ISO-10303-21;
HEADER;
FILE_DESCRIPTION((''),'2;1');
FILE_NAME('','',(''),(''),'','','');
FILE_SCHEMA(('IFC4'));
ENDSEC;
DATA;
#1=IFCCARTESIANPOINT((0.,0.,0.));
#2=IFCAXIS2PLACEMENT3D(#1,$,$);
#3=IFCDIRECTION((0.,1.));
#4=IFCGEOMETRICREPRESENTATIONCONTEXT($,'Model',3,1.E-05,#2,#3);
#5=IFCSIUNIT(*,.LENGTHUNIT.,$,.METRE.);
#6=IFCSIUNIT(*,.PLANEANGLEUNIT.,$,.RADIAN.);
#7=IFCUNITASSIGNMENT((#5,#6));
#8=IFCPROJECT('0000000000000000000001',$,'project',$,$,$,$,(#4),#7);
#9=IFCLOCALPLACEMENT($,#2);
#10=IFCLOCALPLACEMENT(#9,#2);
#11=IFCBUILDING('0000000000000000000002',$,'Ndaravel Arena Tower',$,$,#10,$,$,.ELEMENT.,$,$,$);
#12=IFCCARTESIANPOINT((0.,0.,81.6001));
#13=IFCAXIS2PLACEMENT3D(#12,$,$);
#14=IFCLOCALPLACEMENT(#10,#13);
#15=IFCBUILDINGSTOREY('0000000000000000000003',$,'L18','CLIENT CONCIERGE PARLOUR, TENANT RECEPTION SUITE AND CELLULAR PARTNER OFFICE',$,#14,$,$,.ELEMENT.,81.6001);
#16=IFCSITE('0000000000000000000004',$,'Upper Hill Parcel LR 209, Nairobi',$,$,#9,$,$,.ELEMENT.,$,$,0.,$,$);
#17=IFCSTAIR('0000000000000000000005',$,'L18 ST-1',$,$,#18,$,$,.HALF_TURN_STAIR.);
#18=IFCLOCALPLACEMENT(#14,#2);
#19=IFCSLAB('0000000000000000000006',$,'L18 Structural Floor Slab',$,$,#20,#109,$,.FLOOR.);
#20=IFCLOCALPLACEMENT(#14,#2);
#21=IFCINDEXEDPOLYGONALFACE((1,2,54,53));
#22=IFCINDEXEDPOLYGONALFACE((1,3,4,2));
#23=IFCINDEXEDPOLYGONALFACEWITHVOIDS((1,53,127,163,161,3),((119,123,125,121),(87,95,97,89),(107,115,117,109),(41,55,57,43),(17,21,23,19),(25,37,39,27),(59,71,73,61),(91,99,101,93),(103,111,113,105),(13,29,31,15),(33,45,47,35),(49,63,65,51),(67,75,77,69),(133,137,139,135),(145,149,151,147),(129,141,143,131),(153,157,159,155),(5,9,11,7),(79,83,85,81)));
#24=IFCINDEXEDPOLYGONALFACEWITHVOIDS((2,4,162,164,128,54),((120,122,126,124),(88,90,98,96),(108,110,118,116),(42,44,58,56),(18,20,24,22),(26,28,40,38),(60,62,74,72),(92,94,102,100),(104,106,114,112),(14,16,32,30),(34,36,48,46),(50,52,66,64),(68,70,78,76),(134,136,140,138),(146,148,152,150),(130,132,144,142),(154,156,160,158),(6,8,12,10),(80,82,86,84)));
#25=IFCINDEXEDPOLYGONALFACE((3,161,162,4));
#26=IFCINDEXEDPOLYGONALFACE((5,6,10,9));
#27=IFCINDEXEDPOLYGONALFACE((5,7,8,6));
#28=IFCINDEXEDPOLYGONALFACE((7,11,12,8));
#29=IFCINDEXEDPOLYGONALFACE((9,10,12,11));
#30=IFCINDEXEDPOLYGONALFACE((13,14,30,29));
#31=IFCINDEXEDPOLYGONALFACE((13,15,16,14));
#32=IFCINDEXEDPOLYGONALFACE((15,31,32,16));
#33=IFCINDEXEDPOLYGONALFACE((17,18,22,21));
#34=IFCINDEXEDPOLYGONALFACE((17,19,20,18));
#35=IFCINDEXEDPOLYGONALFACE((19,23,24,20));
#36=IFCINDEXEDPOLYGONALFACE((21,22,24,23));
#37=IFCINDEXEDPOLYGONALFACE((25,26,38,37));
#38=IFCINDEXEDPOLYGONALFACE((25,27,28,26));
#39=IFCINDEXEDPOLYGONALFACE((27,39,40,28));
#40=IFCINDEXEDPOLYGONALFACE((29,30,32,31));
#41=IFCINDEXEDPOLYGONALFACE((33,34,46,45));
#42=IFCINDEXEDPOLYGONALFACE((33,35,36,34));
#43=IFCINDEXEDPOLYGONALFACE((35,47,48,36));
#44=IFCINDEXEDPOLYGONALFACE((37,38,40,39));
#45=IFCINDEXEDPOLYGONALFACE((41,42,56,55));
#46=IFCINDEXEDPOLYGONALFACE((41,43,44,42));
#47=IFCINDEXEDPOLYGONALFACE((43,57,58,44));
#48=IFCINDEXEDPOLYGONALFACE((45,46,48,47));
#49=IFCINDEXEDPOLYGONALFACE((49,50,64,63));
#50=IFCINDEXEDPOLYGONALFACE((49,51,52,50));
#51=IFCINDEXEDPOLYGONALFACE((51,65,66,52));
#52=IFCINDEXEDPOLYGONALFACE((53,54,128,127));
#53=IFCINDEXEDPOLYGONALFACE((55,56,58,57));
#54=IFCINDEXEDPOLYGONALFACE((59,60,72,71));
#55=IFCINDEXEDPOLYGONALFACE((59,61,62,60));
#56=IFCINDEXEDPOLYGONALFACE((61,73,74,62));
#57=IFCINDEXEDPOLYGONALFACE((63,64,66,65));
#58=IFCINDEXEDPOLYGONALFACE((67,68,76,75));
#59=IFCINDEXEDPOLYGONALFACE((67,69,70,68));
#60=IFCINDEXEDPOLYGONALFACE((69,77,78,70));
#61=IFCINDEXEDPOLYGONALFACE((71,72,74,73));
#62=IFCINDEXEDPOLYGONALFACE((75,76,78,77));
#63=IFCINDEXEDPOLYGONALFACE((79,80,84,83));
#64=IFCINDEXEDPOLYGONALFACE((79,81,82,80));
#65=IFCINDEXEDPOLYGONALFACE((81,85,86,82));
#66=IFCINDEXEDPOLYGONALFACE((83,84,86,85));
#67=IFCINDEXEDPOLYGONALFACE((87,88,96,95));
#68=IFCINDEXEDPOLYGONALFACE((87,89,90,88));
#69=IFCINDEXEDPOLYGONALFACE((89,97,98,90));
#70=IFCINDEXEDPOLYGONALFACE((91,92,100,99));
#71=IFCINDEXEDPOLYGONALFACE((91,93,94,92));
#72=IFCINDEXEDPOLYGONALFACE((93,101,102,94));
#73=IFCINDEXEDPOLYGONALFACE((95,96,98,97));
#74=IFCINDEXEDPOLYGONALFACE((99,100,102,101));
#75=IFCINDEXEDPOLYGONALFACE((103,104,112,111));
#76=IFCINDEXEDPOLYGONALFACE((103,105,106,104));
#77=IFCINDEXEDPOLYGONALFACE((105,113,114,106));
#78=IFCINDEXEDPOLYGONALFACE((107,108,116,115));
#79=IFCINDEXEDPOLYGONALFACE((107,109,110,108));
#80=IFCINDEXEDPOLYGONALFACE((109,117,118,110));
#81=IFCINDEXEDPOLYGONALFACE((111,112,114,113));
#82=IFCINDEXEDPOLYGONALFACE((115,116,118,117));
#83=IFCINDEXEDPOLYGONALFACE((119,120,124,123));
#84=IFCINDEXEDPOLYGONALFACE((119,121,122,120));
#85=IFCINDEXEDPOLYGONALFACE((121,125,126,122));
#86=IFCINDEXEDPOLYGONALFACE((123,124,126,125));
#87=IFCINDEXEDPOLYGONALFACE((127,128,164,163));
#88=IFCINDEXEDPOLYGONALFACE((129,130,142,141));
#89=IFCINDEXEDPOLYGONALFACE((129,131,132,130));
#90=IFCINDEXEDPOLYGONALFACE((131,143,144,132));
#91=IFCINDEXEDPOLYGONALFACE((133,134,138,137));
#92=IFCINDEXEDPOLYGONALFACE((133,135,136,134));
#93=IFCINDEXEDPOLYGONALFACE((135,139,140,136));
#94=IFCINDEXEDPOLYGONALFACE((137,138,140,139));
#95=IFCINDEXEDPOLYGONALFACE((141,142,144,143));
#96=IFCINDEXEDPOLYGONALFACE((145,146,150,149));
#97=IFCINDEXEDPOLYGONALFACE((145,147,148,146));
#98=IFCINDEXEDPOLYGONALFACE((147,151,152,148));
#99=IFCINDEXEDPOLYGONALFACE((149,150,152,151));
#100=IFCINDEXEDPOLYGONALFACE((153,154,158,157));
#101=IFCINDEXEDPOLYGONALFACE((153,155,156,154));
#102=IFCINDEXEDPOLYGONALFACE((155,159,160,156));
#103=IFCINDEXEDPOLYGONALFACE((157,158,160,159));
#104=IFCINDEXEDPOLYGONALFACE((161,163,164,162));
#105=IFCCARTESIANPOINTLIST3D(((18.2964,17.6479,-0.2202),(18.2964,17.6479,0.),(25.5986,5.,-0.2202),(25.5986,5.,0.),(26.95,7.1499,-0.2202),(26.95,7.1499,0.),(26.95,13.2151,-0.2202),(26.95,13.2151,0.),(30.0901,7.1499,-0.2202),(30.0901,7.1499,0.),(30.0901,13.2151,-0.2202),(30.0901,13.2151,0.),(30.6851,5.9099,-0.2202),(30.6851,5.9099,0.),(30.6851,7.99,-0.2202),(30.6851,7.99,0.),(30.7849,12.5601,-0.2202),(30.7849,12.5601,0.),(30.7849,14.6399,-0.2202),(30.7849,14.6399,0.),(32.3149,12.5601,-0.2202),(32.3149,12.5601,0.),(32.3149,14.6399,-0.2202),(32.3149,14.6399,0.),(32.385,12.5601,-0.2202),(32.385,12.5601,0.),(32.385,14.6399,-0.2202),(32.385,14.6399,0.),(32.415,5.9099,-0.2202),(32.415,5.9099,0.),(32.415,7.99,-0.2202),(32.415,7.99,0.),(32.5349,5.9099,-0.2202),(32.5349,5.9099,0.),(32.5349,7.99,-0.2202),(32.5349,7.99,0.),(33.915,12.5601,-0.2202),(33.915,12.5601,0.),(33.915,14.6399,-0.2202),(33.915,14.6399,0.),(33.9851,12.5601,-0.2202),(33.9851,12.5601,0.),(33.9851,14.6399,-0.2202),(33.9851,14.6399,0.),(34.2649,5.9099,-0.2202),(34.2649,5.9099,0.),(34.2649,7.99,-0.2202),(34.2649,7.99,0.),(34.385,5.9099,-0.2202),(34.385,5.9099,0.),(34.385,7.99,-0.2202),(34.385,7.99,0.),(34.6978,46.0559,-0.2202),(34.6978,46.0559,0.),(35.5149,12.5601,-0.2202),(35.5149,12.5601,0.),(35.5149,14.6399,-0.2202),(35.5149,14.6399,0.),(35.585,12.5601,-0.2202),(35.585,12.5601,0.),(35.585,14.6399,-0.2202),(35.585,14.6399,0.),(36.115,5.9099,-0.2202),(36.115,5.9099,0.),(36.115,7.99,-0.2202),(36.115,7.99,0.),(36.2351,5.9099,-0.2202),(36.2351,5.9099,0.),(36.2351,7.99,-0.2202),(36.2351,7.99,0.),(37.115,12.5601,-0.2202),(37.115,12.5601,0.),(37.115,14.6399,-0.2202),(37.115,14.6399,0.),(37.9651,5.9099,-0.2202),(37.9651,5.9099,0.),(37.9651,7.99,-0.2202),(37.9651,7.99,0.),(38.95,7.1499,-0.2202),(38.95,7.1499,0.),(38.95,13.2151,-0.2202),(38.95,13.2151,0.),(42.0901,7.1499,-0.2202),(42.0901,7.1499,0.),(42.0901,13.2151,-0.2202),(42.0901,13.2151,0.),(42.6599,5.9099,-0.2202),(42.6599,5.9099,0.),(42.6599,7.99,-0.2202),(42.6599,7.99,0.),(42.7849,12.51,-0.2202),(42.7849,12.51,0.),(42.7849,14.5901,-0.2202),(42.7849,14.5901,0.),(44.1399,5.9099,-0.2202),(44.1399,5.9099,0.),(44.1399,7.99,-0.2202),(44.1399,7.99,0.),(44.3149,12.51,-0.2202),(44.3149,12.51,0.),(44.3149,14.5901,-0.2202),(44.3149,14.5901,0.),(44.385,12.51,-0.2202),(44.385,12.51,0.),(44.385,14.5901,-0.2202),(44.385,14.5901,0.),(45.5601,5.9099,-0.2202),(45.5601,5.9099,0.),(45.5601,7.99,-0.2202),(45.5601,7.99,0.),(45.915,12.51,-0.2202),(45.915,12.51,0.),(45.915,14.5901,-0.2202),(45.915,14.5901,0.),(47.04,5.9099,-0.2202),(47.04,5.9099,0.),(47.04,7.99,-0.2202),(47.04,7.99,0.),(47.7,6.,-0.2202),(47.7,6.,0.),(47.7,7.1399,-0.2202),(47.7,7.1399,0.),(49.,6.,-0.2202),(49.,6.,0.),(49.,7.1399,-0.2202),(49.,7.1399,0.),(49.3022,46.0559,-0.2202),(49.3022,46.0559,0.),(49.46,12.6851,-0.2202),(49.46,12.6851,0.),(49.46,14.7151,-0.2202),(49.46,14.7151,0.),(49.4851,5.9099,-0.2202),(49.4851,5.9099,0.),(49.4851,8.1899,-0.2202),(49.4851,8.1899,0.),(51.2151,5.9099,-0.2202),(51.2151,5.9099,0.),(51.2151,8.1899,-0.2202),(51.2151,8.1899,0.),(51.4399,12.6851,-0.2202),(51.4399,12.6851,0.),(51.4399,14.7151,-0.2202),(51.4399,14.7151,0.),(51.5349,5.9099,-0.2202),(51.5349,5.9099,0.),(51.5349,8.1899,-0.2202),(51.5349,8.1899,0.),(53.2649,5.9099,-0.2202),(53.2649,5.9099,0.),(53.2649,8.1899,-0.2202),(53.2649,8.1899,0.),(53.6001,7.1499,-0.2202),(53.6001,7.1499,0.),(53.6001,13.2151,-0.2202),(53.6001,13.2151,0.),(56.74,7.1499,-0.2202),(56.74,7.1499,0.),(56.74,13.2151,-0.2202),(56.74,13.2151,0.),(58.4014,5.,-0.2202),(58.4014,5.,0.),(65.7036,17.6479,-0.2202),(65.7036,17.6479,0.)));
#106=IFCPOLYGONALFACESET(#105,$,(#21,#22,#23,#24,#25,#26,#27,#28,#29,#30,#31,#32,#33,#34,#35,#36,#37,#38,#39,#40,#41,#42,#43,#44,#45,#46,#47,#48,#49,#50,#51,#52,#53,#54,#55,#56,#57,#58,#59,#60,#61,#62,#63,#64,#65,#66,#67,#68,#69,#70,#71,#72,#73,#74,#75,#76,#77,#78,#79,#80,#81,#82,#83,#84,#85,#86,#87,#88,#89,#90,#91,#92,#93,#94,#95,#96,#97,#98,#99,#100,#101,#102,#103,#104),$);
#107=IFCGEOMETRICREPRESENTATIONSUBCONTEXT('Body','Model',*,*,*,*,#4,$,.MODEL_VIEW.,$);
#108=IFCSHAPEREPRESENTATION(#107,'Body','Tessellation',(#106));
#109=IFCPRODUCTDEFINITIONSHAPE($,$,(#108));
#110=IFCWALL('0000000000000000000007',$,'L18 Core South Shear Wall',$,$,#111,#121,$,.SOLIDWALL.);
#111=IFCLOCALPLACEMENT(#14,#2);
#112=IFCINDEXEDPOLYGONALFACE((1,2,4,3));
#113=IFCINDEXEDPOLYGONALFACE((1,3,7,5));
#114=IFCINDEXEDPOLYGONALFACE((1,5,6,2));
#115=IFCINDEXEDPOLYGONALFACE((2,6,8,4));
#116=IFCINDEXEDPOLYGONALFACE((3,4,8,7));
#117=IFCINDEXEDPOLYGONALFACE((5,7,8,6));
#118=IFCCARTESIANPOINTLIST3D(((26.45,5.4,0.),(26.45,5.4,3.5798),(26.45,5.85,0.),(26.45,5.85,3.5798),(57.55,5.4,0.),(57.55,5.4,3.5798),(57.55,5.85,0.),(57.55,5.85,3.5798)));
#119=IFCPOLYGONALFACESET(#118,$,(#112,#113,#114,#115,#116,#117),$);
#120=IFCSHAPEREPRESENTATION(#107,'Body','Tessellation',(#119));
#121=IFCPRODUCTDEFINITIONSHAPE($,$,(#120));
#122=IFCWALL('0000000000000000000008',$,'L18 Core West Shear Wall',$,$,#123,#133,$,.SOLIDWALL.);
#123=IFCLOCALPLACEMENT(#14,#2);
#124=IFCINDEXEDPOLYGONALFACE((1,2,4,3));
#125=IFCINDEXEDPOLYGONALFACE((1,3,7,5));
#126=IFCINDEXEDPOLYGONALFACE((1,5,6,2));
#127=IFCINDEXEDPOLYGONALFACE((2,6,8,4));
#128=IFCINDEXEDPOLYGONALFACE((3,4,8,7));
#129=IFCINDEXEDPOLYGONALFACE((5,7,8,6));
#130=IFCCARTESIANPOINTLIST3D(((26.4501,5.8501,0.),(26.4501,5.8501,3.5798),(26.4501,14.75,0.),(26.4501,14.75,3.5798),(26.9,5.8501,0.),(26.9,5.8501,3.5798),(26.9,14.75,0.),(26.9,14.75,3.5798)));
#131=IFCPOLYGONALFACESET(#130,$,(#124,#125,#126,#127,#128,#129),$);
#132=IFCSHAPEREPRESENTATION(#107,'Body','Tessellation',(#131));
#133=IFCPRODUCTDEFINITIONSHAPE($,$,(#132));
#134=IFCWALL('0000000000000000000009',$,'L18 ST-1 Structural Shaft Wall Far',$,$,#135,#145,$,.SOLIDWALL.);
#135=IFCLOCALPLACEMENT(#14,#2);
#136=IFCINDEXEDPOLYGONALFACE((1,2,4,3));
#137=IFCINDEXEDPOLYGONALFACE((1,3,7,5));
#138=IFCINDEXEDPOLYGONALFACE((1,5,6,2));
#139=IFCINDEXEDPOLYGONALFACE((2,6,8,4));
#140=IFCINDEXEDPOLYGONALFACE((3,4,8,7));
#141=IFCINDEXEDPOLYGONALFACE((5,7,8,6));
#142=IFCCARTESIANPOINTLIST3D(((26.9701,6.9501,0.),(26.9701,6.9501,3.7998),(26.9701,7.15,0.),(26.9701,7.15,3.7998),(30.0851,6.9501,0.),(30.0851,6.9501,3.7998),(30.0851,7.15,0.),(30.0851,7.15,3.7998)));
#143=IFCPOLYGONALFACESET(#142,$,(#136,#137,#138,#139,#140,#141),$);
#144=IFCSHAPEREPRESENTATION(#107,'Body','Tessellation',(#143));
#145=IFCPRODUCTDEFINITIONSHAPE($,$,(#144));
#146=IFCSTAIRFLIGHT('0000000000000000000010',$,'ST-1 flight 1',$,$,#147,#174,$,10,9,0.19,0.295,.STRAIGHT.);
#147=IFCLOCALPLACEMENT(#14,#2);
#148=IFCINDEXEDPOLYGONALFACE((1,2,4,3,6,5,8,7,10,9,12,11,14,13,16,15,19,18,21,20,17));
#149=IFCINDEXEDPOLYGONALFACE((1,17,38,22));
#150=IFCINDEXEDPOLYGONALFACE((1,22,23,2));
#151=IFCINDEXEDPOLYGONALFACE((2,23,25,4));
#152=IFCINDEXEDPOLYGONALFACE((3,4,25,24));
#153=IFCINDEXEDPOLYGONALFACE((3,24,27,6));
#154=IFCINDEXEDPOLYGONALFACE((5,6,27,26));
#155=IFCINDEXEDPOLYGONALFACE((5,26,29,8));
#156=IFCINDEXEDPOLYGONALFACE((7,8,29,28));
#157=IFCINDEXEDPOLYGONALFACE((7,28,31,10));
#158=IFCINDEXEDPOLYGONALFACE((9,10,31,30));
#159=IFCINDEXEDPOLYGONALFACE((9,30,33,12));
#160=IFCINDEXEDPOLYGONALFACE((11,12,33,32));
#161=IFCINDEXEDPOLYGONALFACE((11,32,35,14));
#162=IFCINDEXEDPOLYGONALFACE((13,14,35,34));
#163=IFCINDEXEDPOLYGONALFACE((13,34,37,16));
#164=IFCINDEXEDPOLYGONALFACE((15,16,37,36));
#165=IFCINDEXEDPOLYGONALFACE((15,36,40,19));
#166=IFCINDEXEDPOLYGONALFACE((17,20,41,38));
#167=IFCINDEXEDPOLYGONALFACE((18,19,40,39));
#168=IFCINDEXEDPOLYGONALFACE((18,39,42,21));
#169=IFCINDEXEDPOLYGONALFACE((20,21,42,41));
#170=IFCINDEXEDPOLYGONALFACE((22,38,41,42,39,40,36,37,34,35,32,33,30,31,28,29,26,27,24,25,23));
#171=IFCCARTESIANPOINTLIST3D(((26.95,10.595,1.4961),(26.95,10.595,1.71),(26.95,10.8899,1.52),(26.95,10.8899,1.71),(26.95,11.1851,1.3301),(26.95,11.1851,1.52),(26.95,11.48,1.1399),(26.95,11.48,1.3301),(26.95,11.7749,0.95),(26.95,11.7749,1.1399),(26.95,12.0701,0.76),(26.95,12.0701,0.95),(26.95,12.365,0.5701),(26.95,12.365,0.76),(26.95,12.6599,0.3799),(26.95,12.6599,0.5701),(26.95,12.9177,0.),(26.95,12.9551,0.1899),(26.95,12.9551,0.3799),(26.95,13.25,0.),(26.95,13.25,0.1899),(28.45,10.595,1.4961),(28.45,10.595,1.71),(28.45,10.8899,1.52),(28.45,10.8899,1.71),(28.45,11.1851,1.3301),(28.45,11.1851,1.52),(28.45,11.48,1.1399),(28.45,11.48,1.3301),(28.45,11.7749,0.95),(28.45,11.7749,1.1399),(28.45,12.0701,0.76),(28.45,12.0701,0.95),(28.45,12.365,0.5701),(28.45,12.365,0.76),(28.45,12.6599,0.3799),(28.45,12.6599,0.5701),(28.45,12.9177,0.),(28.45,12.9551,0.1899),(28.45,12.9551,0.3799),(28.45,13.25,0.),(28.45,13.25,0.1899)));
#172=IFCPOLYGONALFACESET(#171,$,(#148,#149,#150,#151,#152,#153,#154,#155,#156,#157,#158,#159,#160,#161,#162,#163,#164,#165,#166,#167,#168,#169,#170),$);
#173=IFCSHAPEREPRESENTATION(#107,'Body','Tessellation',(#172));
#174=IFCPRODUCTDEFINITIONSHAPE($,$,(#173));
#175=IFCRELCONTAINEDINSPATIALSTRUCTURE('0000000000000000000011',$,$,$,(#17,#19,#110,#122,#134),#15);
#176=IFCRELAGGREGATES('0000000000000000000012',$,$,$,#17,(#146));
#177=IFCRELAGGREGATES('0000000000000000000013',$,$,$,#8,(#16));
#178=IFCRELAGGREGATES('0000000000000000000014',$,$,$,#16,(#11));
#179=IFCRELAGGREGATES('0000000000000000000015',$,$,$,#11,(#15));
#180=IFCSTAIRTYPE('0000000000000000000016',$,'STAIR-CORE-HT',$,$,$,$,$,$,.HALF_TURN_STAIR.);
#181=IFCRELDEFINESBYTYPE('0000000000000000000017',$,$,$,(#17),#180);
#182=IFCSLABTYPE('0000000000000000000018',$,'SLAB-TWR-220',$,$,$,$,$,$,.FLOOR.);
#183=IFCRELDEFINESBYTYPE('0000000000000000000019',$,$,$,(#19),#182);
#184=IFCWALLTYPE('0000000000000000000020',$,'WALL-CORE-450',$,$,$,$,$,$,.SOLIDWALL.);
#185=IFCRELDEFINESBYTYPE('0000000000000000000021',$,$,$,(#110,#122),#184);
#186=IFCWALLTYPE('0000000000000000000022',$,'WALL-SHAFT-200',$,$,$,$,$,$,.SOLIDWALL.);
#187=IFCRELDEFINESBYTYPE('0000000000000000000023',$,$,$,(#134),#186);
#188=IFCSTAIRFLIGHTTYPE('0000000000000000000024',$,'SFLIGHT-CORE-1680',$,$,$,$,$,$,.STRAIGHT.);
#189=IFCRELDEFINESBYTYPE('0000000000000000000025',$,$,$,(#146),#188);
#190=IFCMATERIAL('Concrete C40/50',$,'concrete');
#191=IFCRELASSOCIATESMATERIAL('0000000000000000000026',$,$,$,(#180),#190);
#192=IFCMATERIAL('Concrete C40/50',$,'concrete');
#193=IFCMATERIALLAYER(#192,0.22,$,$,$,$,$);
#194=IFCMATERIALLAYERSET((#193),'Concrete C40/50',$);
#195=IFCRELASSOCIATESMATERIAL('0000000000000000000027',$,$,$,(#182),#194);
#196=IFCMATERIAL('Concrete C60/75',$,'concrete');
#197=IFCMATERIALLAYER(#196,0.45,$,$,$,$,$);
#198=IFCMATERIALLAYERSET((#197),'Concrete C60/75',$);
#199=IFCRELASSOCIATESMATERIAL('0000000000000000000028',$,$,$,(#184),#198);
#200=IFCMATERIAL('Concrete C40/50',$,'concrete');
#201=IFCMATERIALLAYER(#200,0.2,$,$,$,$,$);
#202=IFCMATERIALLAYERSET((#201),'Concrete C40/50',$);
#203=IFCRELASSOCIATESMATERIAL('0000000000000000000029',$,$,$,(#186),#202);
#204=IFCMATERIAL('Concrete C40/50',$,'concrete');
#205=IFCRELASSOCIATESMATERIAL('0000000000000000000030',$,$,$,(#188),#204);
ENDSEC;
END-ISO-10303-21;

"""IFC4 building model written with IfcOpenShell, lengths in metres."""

from ifc_helpers import new_model, si_unit, direction, frame, frame_2d, origin, place, context, subcontext, project, spatial, polyline, rectangle, outline, extrude, material, layer, layer_set, type_object, element, aggregate, save


model = new_model("IFC4")

# Units and contexts
model_context = context("Model", 3, precision=1e-05, world=origin(), true_north=direction((0.0, 1.0)))
body_context = subcontext(model_context, "Body", "Model", "MODEL_VIEW")
ifc_project = project(units=[si_unit("LENGTHUNIT", "METRE"), si_unit("PLANEANGLEUNIT", "RADIAN")], contexts=[model_context])

# Site, building, storey
site_placement = place(None, origin())
site = spatial("IfcSite", under=ifc_project, at=site_placement, Name="Upper Hill Parcel LR 209, Nairobi", CompositionType="ELEMENT", RefElevation=0.0)
building_placement = place(site_placement, origin())
building = spatial("IfcBuilding", under=site, at=building_placement, Name="Ndaravel Arena Tower", CompositionType="ELEMENT")
storey_placement = place(building_placement, frame((0.0, 0.0, 81.6001)))
storey = spatial("IfcBuildingStorey", under=building, at=storey_placement, Name="L18", Description="CLIENT CONCIERGE PARLOUR, TENANT RECEPTION SUITE AND CELLULAR PARTNER OFFICE", CompositionType="ELEMENT", Elevation=81.6001)

# Stair
ifc_material_1 = material(Name="Concrete C40/50", Category="concrete")
stair_type = type_object("IfcStairType", Name="STAIR-CORE-HT", PredefinedType="HALF_TURN_STAIR", material=ifc_material_1)
stair_1_placement = place(storey_placement, origin())
stair_1 = element("IfcStair", 1, at=stair_1_placement, inside=storey, type_object=stair_type, Name="L18 ST-1", PredefinedType="HALF_TURN_STAIR")

# Slab
ifc_material_2 = material(Name="Concrete C40/50", Category="concrete")
ifc_layer_1 = layer(ifc_material_2, 0.22)
ifc_layer_set_1 = layer_set([ifc_layer_1], Name="Concrete C40/50")
slab_type_1 = type_object("IfcSlabType", Name="SLAB-TWR-220", PredefinedType="FLOOR", material=ifc_layer_set_1)
slab_1_placement = place(storey_placement, frame((0.0, 0.0, -0.2202)))
element("IfcSlab", 2, at=slab_1_placement, inside=storey, type_object=slab_type_1, Name="L18 Structural Floor Slab", PredefinedType="FLOOR", context=body_context, shape_type="SweptSolid", body=[
    extrude(outline(polyline([(18.2964, 17.6479), (25.5986, 5.0), (58.4014, 5.0), (65.7036, 17.6479), (49.3022, 46.0559), (34.6978, 46.0559), (18.2964, 17.6479)]), holes=[polyline([(26.95, 13.2151), (26.95, 7.1499), (30.0901, 7.1499), (30.0901, 13.2151), (26.95, 13.2151)]), polyline([(38.95, 13.2151), (38.95, 7.1499), (42.0901, 7.1499), (42.0901, 13.2151), (38.95, 13.2151)]), polyline([(53.6001, 13.2151), (53.6001, 7.1499), (56.74, 7.1499), (56.74, 13.2151), (53.6001, 13.2151)]), polyline([(30.6851, 5.9099), (32.415, 5.9099), (32.415, 7.99), (30.6851, 7.99), (30.6851, 5.9099)]), polyline([(32.5349, 5.9099), (34.2649, 5.9099), (34.2649, 7.99), (32.5349, 7.99), (32.5349, 5.9099)]), polyline([(34.385, 5.9099), (36.115, 5.9099), (36.115, 7.99), (34.385, 7.99), (34.385, 5.9099)]), polyline([(36.2351, 5.9099), (37.9651, 5.9099), (37.9651, 7.99), (36.2351, 7.99), (36.2351, 5.9099)]), polyline([(30.7849, 12.5601), (32.3149, 12.5601), (32.3149, 14.6399), (30.7849, 14.6399), (30.7849, 12.5601)]), polyline([(32.385, 12.5601), (33.915, 12.5601), (33.915, 14.6399), (32.385, 14.6399), (32.385, 12.5601)]), polyline([(33.9851, 12.5601), (35.5149, 12.5601), (35.5149, 14.6399), (33.9851, 14.6399), (33.9851, 12.5601)]), polyline([(35.585, 12.5601), (37.115, 12.5601), (37.115, 14.6399), (35.585, 14.6399), (35.585, 12.5601)]), polyline([(42.6599, 5.9099), (44.1399, 5.9099), (44.1399, 7.99), (42.6599, 7.99), (42.6599, 5.9099)]), polyline([(45.5601, 5.9099), (47.04, 5.9099), (47.04, 7.99), (45.5601, 7.99), (45.5601, 5.9099)]), polyline([(42.7849, 12.51), (44.3149, 12.51), (44.3149, 14.5901), (42.7849, 14.5901), (42.7849, 12.51)]), polyline([(44.385, 12.51), (45.915, 12.51), (45.915, 14.5901), (44.385, 14.5901), (44.385, 12.51)]), polyline([(49.4851, 5.9099), (51.2151, 5.9099), (51.2151, 8.1899), (49.4851, 8.1899), (49.4851, 5.9099)]), polyline([(51.5349, 5.9099), (53.2649, 5.9099), (53.2649, 8.1899), (51.5349, 8.1899), (51.5349, 5.9099)]), polyline([(49.46, 12.6851), (51.4399, 12.6851), (51.4399, 14.7151), (49.46, 14.7151), (49.46, 12.6851)]), polyline([(47.7, 6.0), (49.0, 6.0), (49.0, 7.1399), (47.7, 7.1399), (47.7, 6.0)])]), origin(), (0.0, 0.0, 1.0), 0.2202),
])

# Walls
ifc_material_3 = material(Name="Concrete C60/75", Category="concrete")
ifc_layer_2 = layer(ifc_material_3, 0.45)
ifc_layer_set_2 = layer_set([ifc_layer_2], Name="Concrete C60/75")
wall_type_1 = type_object("IfcWallType", Name="WALL-CORE-450", PredefinedType="SOLIDWALL", material=ifc_layer_set_2)
wall_1_placement = place(storey_placement, frame((26.45, 5.625, 0.0), z_axis=(0.0, 0.0, 1.0), x_axis=(1.0, 0.0, 0.0)))
element("IfcWall", 3, at=wall_1_placement, inside=storey, type_object=wall_type_1, Name="L18 Core South Shear Wall", PredefinedType="SOLIDWALL", context=body_context, shape_type="SweptSolid", body=[
    extrude(rectangle(XDim=31.1001, YDim=0.45, at=frame_2d((15.55, 0.0))), origin(), (0.0, 0.0, 1.0), 3.5798),
])
wall_2_placement = place(storey_placement, frame((26.675, 5.8501, 0.0), z_axis=(0.0, 0.0, 1.0), x_axis=(0.0, 1.0, 0.0)))
element("IfcWall", 4, at=wall_2_placement, inside=storey, type_object=wall_type_1, Name="L18 Core West Shear Wall", PredefinedType="SOLIDWALL", context=body_context, shape_type="SweptSolid", body=[
    extrude(rectangle(XDim=8.8999, YDim=0.45, at=frame_2d((4.45, 0.0))), origin(), (0.0, 0.0, 1.0), 3.5798),
])
ifc_material_4 = material(Name="Concrete C40/50", Category="concrete")
ifc_layer_3 = layer(ifc_material_4, 0.2)
ifc_layer_set_3 = layer_set([ifc_layer_3], Name="Concrete C40/50")
wall_type_2 = type_object("IfcWallType", Name="WALL-SHAFT-200", PredefinedType="SOLIDWALL", material=ifc_layer_set_3)
wall_3_placement = place(storey_placement, frame((26.97, 7.05, 0.0), z_axis=(0.0, 0.0, 1.0), x_axis=(1.0, 0.0, 0.0)))
element("IfcWall", 5, at=wall_3_placement, inside=storey, type_object=wall_type_2, Name="L18 ST-1 Structural Shaft Wall Far", PredefinedType="SOLIDWALL", context=body_context, shape_type="SweptSolid", body=[
    extrude(rectangle(XDim=3.115, YDim=0.2, at=frame_2d((1.5576, 0.0))), origin(), (0.0, 0.0, 1.0), 3.7998),
])

# Stair flight
ifc_material_5 = material(Name="Concrete C40/50", Category="concrete")
stair_flight_type = type_object("IfcStairFlightType", Name="SFLIGHT-CORE-1680", PredefinedType="STRAIGHT", material=ifc_material_5)
stair_flight_placement = place(storey_placement, frame((27.7, 13.25, 0.0), z_axis=(0.0, 0.0, 1.0), x_axis=(0.0, -1.0, 0.0)))
stair_flight = element("IfcStairFlight", 6, at=stair_flight_placement, type_object=stair_flight_type, Name="ST-1 flight 1", NumberOfRisers=10, NumberOfTreads=9, PredefinedType="STRAIGHT", RiserHeight=0.19, TreadLength=0.295, context=body_context, shape_type="SweptSolid", body=[
    extrude(outline(polyline([(0.0, 0.0), (0.0, 0.1899), (0.2949, 0.1899), (0.2949, 0.3799), (0.5901, 0.3799), (0.5901, 0.5701), (0.885, 0.5701), (0.885, 0.76), (1.1799, 0.76), (1.1799, 0.95), (1.4751, 0.95), (1.4751, 1.1399), (1.77, 1.1399), (1.77, 1.3301), (2.0649, 1.3301), (2.0649, 1.52), (2.3601, 1.52), (2.3601, 1.71), (2.655, 1.71), (2.655, 1.8999), (2.655, 1.4961), (0.3323, 0.0), (0.0, 0.0)])), frame((0.0, 0.75, 0.0), z_axis=(0.0, -1.0, 0.0), x_axis=(1.0, 0.0, 0.0)), (0.0, 0.0, 1.0), 1.5),
])
aggregate(stair_1, [stair_flight])

save(model, "model.ifc")
